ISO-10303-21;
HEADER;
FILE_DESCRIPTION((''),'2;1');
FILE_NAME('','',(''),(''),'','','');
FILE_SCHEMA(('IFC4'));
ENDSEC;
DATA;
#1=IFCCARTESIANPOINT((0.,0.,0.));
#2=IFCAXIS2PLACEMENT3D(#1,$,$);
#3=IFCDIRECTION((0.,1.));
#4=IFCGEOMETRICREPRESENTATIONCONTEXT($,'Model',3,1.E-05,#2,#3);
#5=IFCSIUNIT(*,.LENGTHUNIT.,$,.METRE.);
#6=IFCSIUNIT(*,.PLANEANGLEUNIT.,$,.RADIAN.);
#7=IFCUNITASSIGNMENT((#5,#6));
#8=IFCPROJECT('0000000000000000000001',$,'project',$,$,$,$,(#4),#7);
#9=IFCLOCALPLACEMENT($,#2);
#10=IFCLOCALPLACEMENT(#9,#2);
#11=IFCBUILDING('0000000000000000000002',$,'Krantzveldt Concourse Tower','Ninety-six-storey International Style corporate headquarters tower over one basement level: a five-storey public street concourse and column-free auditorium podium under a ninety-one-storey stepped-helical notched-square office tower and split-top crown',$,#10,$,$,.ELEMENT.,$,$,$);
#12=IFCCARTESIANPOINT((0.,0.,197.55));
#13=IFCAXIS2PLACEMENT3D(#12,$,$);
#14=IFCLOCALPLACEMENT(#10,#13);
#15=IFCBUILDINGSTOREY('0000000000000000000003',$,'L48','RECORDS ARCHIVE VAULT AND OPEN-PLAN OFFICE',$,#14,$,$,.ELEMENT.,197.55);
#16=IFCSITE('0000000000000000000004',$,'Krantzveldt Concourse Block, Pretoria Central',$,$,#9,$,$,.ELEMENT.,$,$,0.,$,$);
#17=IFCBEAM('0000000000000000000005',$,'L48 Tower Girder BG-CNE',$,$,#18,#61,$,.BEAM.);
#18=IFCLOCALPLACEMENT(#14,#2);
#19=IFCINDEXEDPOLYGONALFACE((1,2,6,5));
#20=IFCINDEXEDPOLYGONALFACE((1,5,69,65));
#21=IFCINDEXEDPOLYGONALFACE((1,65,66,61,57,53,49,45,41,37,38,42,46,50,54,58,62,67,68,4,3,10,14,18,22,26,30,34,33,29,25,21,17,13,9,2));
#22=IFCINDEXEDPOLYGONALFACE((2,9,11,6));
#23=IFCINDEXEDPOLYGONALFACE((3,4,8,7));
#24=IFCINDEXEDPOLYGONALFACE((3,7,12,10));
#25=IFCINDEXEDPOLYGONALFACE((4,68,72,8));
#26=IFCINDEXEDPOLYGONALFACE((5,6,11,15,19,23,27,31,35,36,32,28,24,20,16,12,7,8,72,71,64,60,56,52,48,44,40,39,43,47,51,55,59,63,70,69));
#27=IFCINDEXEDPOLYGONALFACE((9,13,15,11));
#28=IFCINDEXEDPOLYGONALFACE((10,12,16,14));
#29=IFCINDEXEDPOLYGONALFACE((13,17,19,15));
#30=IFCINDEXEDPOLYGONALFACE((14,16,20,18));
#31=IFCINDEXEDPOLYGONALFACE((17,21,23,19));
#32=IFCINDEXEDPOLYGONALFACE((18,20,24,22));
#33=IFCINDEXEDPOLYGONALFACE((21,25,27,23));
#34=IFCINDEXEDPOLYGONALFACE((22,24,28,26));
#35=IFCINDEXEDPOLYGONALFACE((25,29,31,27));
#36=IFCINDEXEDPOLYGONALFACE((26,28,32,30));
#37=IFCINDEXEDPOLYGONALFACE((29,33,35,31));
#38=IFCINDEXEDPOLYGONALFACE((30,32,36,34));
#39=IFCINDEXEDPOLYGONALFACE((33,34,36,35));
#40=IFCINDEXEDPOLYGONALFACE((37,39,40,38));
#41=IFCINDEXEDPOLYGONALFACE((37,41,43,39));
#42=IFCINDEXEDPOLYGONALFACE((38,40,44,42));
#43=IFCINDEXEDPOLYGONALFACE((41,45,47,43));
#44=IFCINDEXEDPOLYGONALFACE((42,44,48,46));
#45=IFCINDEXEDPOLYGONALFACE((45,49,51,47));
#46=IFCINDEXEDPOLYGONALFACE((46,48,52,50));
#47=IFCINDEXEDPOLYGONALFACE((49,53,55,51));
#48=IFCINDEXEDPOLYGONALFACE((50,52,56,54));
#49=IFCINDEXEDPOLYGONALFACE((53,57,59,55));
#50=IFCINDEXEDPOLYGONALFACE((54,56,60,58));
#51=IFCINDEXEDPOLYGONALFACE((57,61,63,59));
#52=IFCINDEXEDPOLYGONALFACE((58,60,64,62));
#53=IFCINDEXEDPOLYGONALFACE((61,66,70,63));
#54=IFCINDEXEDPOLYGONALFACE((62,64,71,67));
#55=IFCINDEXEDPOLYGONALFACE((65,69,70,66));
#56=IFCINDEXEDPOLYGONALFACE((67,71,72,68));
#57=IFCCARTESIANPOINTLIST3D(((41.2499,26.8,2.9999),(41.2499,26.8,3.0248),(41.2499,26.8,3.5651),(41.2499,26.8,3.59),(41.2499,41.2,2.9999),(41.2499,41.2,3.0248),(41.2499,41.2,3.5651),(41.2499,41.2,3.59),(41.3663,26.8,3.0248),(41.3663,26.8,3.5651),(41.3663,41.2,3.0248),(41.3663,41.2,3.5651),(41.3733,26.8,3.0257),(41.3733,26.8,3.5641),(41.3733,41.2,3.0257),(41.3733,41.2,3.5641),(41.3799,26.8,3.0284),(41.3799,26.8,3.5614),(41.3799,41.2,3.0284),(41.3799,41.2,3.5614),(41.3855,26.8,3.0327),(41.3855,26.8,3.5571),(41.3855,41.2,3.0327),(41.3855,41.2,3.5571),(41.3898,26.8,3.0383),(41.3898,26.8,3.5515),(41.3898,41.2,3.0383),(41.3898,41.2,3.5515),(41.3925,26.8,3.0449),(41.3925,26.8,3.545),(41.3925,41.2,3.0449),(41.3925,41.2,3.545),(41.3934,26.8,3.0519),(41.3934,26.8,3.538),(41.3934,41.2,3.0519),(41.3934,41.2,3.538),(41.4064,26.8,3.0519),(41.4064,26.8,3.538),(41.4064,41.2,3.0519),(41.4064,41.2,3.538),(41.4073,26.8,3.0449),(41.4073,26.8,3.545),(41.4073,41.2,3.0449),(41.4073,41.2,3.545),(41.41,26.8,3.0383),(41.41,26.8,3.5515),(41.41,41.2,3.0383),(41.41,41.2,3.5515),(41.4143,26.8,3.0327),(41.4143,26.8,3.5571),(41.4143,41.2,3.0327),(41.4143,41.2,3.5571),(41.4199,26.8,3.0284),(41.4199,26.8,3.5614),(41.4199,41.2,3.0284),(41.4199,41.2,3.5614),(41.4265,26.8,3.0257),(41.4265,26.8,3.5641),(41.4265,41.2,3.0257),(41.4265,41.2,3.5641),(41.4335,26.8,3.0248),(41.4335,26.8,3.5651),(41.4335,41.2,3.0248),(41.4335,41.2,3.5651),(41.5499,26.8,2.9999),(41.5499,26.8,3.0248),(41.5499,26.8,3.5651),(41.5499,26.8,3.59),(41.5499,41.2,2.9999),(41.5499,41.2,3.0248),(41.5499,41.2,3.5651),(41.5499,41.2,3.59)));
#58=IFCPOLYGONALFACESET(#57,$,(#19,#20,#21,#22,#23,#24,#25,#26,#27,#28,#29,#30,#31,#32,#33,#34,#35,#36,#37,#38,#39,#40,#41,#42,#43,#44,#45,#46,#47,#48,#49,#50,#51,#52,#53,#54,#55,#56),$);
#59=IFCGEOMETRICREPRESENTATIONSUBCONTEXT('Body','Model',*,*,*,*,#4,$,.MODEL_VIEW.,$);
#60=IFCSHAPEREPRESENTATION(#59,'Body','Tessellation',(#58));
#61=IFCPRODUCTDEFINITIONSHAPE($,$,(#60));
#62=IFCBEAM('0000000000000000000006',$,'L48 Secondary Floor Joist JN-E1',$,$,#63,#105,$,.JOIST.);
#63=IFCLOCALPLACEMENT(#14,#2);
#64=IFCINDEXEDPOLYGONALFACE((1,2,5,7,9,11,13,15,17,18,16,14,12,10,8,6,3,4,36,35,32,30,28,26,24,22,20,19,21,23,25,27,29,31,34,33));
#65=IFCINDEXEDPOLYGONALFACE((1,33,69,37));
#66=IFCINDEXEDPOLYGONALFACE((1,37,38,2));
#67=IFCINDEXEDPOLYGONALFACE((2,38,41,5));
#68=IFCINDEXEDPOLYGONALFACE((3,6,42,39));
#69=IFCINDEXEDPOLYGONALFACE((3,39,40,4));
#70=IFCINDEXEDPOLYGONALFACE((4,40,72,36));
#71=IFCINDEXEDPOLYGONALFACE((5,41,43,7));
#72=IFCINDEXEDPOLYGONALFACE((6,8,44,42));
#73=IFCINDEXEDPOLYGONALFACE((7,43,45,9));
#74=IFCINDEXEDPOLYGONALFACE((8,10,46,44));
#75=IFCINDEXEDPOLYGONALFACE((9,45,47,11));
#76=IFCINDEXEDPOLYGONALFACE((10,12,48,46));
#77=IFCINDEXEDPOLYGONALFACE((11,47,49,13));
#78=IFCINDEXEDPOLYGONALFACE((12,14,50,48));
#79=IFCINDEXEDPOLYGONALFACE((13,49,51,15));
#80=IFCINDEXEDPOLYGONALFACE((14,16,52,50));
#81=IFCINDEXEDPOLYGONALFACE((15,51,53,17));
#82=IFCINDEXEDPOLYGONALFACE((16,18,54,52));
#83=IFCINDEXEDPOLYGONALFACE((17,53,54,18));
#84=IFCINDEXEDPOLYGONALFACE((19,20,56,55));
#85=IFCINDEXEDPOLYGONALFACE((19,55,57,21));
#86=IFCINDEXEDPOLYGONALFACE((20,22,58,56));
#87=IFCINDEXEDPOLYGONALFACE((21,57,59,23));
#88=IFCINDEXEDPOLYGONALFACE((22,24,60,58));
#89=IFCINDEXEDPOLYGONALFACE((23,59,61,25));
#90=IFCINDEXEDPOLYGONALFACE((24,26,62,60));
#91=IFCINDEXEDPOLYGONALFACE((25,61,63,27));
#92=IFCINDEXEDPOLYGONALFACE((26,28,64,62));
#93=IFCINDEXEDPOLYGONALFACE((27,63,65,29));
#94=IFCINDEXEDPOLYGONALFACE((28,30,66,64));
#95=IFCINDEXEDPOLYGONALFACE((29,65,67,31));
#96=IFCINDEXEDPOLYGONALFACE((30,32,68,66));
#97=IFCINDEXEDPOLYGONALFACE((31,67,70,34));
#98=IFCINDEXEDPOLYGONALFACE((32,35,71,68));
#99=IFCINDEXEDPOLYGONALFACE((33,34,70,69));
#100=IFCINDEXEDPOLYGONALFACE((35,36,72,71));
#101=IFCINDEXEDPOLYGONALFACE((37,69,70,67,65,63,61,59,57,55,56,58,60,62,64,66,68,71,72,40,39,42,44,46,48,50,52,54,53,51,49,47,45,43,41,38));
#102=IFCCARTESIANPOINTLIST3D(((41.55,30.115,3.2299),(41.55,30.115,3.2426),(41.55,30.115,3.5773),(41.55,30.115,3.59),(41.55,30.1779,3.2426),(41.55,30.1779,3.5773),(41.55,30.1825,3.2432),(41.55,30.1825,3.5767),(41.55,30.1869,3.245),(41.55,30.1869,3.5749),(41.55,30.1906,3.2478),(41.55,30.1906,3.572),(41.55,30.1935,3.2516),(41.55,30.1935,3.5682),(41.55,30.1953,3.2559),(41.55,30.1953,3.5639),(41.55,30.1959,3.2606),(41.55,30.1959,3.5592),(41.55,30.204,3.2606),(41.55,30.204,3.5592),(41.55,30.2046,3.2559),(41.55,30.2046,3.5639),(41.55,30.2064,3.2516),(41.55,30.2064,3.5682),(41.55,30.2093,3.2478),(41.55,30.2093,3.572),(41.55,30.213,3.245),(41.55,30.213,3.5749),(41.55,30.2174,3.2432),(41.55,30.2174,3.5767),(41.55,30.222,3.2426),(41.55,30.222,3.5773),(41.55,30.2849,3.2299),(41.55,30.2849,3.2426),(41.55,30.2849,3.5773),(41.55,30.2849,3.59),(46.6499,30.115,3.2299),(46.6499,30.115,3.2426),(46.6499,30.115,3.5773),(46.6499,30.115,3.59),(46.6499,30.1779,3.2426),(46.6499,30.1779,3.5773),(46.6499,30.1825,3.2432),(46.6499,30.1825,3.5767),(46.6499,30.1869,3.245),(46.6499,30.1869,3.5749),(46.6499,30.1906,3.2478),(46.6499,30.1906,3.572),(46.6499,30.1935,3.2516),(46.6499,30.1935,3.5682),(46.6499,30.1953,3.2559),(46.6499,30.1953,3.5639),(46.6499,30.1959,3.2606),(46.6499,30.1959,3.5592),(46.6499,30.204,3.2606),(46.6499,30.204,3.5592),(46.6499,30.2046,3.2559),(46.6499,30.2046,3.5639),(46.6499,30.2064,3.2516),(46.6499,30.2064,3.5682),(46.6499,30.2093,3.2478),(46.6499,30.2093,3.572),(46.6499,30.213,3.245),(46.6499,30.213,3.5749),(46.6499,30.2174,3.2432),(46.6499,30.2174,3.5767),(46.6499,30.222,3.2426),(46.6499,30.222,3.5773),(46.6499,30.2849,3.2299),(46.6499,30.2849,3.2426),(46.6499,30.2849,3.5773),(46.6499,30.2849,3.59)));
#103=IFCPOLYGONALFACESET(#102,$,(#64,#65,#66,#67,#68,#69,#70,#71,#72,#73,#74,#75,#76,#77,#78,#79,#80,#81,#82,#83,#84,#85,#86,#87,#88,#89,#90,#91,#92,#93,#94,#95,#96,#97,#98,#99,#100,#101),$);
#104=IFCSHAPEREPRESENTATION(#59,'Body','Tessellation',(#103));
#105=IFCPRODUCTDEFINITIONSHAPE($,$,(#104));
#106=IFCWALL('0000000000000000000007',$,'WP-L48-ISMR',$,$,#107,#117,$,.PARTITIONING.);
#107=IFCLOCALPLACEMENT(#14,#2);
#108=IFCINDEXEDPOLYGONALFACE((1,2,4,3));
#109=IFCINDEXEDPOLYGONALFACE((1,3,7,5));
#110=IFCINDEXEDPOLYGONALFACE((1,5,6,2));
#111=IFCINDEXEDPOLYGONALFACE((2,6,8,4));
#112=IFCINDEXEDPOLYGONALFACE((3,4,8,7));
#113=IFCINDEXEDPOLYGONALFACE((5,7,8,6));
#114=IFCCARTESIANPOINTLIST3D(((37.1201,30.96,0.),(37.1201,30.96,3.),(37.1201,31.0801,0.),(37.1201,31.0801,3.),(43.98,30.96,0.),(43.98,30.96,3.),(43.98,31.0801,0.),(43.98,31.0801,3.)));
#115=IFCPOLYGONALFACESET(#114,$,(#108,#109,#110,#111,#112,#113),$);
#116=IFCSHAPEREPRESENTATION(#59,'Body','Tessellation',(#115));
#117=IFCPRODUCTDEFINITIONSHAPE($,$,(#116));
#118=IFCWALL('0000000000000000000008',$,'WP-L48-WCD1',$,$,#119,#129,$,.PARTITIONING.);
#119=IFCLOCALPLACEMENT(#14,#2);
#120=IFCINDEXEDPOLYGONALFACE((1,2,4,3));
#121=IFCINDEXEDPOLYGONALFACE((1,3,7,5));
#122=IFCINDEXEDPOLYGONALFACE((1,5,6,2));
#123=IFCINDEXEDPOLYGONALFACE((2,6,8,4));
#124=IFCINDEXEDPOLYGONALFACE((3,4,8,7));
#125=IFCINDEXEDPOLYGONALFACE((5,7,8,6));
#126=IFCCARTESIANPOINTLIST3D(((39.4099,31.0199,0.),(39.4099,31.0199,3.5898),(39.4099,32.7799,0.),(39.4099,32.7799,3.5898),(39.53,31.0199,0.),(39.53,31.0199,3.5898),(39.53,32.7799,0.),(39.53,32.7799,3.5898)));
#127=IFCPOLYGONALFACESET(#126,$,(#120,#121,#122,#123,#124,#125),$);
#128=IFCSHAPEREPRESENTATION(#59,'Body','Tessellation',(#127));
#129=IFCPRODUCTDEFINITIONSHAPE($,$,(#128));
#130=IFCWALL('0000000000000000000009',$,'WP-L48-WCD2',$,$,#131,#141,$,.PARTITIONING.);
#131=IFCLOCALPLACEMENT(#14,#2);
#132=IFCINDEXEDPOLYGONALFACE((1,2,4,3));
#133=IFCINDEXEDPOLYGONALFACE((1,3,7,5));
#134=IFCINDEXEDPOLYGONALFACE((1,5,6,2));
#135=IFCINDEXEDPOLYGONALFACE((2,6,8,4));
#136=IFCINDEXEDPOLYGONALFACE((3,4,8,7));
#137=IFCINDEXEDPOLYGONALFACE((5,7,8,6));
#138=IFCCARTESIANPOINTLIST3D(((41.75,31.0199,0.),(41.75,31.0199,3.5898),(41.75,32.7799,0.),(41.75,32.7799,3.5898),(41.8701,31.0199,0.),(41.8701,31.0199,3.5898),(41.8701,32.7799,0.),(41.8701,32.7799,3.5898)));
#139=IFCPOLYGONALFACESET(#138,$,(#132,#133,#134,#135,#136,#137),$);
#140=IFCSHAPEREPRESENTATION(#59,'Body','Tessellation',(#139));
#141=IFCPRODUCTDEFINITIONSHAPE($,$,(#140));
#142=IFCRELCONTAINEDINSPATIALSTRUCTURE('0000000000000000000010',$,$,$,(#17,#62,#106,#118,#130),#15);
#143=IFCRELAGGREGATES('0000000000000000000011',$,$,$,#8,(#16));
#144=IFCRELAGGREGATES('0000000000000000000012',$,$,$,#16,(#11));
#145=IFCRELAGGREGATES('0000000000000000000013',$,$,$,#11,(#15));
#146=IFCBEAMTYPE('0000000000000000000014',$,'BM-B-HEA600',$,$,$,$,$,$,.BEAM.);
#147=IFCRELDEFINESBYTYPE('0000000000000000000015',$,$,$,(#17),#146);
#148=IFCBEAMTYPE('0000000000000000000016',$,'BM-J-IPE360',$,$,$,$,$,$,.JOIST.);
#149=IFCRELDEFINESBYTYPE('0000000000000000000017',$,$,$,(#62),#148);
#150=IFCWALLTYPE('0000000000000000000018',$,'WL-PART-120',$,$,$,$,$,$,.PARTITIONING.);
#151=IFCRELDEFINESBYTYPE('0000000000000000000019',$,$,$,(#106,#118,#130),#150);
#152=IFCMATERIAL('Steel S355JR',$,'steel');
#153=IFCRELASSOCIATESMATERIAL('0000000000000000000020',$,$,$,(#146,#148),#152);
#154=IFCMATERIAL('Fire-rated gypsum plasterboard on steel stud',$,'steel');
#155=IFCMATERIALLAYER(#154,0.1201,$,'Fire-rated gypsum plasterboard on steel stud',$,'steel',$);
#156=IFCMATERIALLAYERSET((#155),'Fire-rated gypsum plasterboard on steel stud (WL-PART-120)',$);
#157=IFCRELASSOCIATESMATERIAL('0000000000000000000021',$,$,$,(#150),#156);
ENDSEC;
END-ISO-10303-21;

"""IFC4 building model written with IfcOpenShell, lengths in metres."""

from ifc_helpers import new_model, si_unit, direction, frame, frame_2d, origin, origin_2d, place, context, subcontext, project, spatial, rectangle, i_section, extrude, source, transform, mapped, material, layer, layer_set, material_profile, profile_set, type_object, type_shapes, element, save


model = new_model("IFC4")

# Units and contexts
model_context = context("Model", 3, precision=1e-05, world=origin(), true_north=direction((0.0, 1.0)))
body_context = subcontext(model_context, "Body", "Model", "MODEL_VIEW")
ifc_project = project(units=[si_unit("LENGTHUNIT", "METRE"), si_unit("PLANEANGLEUNIT", "RADIAN")], contexts=[model_context])

# Site, building, storey
site_placement = place(None, origin())
site = spatial("IfcSite", under=ifc_project, at=site_placement, Name="Krantzveldt Concourse Block, Pretoria Central", CompositionType="ELEMENT", RefElevation=0.0)
building_placement = place(site_placement, origin())
building = spatial("IfcBuilding", under=site, at=building_placement, Name="Krantzveldt Concourse Tower", Description="Ninety-six-storey International Style corporate headquarters tower over one basement level: a five-storey public street concourse and column-free auditorium podium under a ninety-one-storey stepped-helical notched-square office tower and split-top crown", CompositionType="ELEMENT")
storey_placement = place(building_placement, frame((0.0, 0.0, 197.55)))
storey = spatial("IfcBuildingStorey", under=building, at=storey_placement, Name="L48", Description="RECORDS ARCHIVE VAULT AND OPEN-PLAN OFFICE", CompositionType="ELEMENT", Elevation=197.55)

# Beams
ifc_material_1 = material(Name="Steel S355JR", Category="steel")
ifc_material_profile_1 = material_profile(ifc_material_1, i_section(OverallWidth=0.3, OverallDepth=0.5901, WebThickness=0.0129, FlangeThickness=0.0249, FilletRadius=0.0271, at=origin_2d()), Name="Steel S355JR", Category="steel")
ifc_profile_set_1 = profile_set([ifc_material_profile_1], Name="Steel S355JR - HEA 600")
beam_type_1 = type_object("IfcBeamType", Name="BM-B-HEA600", PredefinedType="BEAM", material=ifc_profile_set_1)
shared_shape_1 = source(origin(), body_context, "Body", "SweptSolid", [
    extrude(i_section(OverallWidth=0.3, OverallDepth=0.5901, WebThickness=0.0129, FlangeThickness=0.0249, FilletRadius=0.0271, at=origin_2d()), origin(), (0.0, 0.0, 1.0), 14.3999),
])
type_shapes(beam_type_1, [shared_shape_1])
beam_1_placement = place(storey_placement, frame((41.3999, 26.8, 3.2949), z_axis=(0.0, 1.0, 0.0), x_axis=(-1.0, 0.0, 0.0)))
element("IfcBeam", 1, at=beam_1_placement, inside=storey, type_object=beam_type_1, Name="L48 Tower Girder BG-CNE", PredefinedType="BEAM", context=body_context, shape_type="MappedRepresentation", body=[
    mapped(shared_shape_1, transform((0.0, 0.0, 0.0), x_axis=(1.0, 0.0, 0.0), y_axis=(0.0, 1.0, 0.0), z_axis=(0.0, 0.0, 1.0), scale=1.0)),
])
ifc_material_profile_2 = material_profile(ifc_material_1, i_section(OverallWidth=0.1699, OverallDepth=0.3601, WebThickness=0.0081, FlangeThickness=0.0127, FilletRadius=0.0181, at=origin_2d()), Name="Steel S355JR", Category="steel")
ifc_profile_set_2 = profile_set([ifc_material_profile_2], Name="Steel S355JR - IPE 360")
beam_type_2 = type_object("IfcBeamType", Name="BM-J-IPE360", PredefinedType="JOIST", material=ifc_profile_set_2)
shared_shape_2 = source(origin(), body_context, "Body", "SweptSolid", [
    extrude(i_section(OverallWidth=0.1699, OverallDepth=0.3601, WebThickness=0.0081, FlangeThickness=0.0127, FilletRadius=0.0181, at=origin_2d()), origin(), (0.0, 0.0, 1.0), 5.0999),
])
type_shapes(beam_type_2, [shared_shape_2])
beam_2_placement = place(storey_placement, frame((41.55, 30.2, 3.4099), z_axis=(1.0, 0.0, 0.0), x_axis=(0.0, 1.0, 0.0)))
element("IfcBeam", 2, at=beam_2_placement, inside=storey, type_object=beam_type_2, Name="L48 Secondary Floor Joist JN-E1", PredefinedType="JOIST", context=body_context, shape_type="MappedRepresentation", body=[
    mapped(shared_shape_2, transform((0.0, 0.0, 0.0), x_axis=(1.0, 0.0, 0.0), y_axis=(0.0, 1.0, 0.0), z_axis=(0.0, 0.0, 1.0), scale=1.0)),
])

# Walls
ifc_material_2 = material(Name="Fire-rated gypsum plasterboard on steel stud", Category="steel")
ifc_layer_1 = layer(ifc_material_2, 0.1201, Name="Fire-rated gypsum plasterboard on steel stud", Category="steel")
ifc_layer_set_1 = layer_set([ifc_layer_1], Name="Fire-rated gypsum plasterboard on steel stud (WL-PART-120)")
wall_type_1 = type_object("IfcWallType", Name="WL-PART-120", PredefinedType="PARTITIONING", material=ifc_layer_set_1)
wall_1_placement = place(storey_placement, frame((37.1201, 31.02, 0.0), z_axis=(0.0, 0.0, 1.0), x_axis=(1.0, 0.0, 0.0)))
element("IfcWall", 3, at=wall_1_placement, inside=storey, type_object=wall_type_1, Name="WP-L48-ISMR", PredefinedType="PARTITIONING", context=body_context, shape_type="SweptSolid", body=[
    extrude(rectangle(XDim=6.8599, YDim=0.1201, at=frame_2d((3.4299, 0.0))), origin(), (0.0, 0.0, 1.0), 3.0),
])
for number, where, z_axis, x_axis, name in (
    (4, (39.47, 31.02, 0.0), (0.0, 0.0, 1.0), (0.0, 1.0, 0.0), "WP-L48-WCD1"),
    (5, (41.8101, 31.02, 0.0), (0.0, 0.0, 1.0), (0.0, 1.0, 0.0), "WP-L48-WCD2"),
):
    element("IfcWall", number, at=place(storey_placement, frame(where, z_axis=z_axis, x_axis=x_axis)), inside=storey, type_object=wall_type_1, Name=name, PredefinedType="PARTITIONING", context=body_context, shape_type="SweptSolid", body=[
        extrude(rectangle(XDim=1.76, YDim=0.1201, at=frame_2d((0.8799, 0.0))), origin(), (0.0, 0.0, 1.0), 3.5898),
    ])

save(model, "model.ifc")
